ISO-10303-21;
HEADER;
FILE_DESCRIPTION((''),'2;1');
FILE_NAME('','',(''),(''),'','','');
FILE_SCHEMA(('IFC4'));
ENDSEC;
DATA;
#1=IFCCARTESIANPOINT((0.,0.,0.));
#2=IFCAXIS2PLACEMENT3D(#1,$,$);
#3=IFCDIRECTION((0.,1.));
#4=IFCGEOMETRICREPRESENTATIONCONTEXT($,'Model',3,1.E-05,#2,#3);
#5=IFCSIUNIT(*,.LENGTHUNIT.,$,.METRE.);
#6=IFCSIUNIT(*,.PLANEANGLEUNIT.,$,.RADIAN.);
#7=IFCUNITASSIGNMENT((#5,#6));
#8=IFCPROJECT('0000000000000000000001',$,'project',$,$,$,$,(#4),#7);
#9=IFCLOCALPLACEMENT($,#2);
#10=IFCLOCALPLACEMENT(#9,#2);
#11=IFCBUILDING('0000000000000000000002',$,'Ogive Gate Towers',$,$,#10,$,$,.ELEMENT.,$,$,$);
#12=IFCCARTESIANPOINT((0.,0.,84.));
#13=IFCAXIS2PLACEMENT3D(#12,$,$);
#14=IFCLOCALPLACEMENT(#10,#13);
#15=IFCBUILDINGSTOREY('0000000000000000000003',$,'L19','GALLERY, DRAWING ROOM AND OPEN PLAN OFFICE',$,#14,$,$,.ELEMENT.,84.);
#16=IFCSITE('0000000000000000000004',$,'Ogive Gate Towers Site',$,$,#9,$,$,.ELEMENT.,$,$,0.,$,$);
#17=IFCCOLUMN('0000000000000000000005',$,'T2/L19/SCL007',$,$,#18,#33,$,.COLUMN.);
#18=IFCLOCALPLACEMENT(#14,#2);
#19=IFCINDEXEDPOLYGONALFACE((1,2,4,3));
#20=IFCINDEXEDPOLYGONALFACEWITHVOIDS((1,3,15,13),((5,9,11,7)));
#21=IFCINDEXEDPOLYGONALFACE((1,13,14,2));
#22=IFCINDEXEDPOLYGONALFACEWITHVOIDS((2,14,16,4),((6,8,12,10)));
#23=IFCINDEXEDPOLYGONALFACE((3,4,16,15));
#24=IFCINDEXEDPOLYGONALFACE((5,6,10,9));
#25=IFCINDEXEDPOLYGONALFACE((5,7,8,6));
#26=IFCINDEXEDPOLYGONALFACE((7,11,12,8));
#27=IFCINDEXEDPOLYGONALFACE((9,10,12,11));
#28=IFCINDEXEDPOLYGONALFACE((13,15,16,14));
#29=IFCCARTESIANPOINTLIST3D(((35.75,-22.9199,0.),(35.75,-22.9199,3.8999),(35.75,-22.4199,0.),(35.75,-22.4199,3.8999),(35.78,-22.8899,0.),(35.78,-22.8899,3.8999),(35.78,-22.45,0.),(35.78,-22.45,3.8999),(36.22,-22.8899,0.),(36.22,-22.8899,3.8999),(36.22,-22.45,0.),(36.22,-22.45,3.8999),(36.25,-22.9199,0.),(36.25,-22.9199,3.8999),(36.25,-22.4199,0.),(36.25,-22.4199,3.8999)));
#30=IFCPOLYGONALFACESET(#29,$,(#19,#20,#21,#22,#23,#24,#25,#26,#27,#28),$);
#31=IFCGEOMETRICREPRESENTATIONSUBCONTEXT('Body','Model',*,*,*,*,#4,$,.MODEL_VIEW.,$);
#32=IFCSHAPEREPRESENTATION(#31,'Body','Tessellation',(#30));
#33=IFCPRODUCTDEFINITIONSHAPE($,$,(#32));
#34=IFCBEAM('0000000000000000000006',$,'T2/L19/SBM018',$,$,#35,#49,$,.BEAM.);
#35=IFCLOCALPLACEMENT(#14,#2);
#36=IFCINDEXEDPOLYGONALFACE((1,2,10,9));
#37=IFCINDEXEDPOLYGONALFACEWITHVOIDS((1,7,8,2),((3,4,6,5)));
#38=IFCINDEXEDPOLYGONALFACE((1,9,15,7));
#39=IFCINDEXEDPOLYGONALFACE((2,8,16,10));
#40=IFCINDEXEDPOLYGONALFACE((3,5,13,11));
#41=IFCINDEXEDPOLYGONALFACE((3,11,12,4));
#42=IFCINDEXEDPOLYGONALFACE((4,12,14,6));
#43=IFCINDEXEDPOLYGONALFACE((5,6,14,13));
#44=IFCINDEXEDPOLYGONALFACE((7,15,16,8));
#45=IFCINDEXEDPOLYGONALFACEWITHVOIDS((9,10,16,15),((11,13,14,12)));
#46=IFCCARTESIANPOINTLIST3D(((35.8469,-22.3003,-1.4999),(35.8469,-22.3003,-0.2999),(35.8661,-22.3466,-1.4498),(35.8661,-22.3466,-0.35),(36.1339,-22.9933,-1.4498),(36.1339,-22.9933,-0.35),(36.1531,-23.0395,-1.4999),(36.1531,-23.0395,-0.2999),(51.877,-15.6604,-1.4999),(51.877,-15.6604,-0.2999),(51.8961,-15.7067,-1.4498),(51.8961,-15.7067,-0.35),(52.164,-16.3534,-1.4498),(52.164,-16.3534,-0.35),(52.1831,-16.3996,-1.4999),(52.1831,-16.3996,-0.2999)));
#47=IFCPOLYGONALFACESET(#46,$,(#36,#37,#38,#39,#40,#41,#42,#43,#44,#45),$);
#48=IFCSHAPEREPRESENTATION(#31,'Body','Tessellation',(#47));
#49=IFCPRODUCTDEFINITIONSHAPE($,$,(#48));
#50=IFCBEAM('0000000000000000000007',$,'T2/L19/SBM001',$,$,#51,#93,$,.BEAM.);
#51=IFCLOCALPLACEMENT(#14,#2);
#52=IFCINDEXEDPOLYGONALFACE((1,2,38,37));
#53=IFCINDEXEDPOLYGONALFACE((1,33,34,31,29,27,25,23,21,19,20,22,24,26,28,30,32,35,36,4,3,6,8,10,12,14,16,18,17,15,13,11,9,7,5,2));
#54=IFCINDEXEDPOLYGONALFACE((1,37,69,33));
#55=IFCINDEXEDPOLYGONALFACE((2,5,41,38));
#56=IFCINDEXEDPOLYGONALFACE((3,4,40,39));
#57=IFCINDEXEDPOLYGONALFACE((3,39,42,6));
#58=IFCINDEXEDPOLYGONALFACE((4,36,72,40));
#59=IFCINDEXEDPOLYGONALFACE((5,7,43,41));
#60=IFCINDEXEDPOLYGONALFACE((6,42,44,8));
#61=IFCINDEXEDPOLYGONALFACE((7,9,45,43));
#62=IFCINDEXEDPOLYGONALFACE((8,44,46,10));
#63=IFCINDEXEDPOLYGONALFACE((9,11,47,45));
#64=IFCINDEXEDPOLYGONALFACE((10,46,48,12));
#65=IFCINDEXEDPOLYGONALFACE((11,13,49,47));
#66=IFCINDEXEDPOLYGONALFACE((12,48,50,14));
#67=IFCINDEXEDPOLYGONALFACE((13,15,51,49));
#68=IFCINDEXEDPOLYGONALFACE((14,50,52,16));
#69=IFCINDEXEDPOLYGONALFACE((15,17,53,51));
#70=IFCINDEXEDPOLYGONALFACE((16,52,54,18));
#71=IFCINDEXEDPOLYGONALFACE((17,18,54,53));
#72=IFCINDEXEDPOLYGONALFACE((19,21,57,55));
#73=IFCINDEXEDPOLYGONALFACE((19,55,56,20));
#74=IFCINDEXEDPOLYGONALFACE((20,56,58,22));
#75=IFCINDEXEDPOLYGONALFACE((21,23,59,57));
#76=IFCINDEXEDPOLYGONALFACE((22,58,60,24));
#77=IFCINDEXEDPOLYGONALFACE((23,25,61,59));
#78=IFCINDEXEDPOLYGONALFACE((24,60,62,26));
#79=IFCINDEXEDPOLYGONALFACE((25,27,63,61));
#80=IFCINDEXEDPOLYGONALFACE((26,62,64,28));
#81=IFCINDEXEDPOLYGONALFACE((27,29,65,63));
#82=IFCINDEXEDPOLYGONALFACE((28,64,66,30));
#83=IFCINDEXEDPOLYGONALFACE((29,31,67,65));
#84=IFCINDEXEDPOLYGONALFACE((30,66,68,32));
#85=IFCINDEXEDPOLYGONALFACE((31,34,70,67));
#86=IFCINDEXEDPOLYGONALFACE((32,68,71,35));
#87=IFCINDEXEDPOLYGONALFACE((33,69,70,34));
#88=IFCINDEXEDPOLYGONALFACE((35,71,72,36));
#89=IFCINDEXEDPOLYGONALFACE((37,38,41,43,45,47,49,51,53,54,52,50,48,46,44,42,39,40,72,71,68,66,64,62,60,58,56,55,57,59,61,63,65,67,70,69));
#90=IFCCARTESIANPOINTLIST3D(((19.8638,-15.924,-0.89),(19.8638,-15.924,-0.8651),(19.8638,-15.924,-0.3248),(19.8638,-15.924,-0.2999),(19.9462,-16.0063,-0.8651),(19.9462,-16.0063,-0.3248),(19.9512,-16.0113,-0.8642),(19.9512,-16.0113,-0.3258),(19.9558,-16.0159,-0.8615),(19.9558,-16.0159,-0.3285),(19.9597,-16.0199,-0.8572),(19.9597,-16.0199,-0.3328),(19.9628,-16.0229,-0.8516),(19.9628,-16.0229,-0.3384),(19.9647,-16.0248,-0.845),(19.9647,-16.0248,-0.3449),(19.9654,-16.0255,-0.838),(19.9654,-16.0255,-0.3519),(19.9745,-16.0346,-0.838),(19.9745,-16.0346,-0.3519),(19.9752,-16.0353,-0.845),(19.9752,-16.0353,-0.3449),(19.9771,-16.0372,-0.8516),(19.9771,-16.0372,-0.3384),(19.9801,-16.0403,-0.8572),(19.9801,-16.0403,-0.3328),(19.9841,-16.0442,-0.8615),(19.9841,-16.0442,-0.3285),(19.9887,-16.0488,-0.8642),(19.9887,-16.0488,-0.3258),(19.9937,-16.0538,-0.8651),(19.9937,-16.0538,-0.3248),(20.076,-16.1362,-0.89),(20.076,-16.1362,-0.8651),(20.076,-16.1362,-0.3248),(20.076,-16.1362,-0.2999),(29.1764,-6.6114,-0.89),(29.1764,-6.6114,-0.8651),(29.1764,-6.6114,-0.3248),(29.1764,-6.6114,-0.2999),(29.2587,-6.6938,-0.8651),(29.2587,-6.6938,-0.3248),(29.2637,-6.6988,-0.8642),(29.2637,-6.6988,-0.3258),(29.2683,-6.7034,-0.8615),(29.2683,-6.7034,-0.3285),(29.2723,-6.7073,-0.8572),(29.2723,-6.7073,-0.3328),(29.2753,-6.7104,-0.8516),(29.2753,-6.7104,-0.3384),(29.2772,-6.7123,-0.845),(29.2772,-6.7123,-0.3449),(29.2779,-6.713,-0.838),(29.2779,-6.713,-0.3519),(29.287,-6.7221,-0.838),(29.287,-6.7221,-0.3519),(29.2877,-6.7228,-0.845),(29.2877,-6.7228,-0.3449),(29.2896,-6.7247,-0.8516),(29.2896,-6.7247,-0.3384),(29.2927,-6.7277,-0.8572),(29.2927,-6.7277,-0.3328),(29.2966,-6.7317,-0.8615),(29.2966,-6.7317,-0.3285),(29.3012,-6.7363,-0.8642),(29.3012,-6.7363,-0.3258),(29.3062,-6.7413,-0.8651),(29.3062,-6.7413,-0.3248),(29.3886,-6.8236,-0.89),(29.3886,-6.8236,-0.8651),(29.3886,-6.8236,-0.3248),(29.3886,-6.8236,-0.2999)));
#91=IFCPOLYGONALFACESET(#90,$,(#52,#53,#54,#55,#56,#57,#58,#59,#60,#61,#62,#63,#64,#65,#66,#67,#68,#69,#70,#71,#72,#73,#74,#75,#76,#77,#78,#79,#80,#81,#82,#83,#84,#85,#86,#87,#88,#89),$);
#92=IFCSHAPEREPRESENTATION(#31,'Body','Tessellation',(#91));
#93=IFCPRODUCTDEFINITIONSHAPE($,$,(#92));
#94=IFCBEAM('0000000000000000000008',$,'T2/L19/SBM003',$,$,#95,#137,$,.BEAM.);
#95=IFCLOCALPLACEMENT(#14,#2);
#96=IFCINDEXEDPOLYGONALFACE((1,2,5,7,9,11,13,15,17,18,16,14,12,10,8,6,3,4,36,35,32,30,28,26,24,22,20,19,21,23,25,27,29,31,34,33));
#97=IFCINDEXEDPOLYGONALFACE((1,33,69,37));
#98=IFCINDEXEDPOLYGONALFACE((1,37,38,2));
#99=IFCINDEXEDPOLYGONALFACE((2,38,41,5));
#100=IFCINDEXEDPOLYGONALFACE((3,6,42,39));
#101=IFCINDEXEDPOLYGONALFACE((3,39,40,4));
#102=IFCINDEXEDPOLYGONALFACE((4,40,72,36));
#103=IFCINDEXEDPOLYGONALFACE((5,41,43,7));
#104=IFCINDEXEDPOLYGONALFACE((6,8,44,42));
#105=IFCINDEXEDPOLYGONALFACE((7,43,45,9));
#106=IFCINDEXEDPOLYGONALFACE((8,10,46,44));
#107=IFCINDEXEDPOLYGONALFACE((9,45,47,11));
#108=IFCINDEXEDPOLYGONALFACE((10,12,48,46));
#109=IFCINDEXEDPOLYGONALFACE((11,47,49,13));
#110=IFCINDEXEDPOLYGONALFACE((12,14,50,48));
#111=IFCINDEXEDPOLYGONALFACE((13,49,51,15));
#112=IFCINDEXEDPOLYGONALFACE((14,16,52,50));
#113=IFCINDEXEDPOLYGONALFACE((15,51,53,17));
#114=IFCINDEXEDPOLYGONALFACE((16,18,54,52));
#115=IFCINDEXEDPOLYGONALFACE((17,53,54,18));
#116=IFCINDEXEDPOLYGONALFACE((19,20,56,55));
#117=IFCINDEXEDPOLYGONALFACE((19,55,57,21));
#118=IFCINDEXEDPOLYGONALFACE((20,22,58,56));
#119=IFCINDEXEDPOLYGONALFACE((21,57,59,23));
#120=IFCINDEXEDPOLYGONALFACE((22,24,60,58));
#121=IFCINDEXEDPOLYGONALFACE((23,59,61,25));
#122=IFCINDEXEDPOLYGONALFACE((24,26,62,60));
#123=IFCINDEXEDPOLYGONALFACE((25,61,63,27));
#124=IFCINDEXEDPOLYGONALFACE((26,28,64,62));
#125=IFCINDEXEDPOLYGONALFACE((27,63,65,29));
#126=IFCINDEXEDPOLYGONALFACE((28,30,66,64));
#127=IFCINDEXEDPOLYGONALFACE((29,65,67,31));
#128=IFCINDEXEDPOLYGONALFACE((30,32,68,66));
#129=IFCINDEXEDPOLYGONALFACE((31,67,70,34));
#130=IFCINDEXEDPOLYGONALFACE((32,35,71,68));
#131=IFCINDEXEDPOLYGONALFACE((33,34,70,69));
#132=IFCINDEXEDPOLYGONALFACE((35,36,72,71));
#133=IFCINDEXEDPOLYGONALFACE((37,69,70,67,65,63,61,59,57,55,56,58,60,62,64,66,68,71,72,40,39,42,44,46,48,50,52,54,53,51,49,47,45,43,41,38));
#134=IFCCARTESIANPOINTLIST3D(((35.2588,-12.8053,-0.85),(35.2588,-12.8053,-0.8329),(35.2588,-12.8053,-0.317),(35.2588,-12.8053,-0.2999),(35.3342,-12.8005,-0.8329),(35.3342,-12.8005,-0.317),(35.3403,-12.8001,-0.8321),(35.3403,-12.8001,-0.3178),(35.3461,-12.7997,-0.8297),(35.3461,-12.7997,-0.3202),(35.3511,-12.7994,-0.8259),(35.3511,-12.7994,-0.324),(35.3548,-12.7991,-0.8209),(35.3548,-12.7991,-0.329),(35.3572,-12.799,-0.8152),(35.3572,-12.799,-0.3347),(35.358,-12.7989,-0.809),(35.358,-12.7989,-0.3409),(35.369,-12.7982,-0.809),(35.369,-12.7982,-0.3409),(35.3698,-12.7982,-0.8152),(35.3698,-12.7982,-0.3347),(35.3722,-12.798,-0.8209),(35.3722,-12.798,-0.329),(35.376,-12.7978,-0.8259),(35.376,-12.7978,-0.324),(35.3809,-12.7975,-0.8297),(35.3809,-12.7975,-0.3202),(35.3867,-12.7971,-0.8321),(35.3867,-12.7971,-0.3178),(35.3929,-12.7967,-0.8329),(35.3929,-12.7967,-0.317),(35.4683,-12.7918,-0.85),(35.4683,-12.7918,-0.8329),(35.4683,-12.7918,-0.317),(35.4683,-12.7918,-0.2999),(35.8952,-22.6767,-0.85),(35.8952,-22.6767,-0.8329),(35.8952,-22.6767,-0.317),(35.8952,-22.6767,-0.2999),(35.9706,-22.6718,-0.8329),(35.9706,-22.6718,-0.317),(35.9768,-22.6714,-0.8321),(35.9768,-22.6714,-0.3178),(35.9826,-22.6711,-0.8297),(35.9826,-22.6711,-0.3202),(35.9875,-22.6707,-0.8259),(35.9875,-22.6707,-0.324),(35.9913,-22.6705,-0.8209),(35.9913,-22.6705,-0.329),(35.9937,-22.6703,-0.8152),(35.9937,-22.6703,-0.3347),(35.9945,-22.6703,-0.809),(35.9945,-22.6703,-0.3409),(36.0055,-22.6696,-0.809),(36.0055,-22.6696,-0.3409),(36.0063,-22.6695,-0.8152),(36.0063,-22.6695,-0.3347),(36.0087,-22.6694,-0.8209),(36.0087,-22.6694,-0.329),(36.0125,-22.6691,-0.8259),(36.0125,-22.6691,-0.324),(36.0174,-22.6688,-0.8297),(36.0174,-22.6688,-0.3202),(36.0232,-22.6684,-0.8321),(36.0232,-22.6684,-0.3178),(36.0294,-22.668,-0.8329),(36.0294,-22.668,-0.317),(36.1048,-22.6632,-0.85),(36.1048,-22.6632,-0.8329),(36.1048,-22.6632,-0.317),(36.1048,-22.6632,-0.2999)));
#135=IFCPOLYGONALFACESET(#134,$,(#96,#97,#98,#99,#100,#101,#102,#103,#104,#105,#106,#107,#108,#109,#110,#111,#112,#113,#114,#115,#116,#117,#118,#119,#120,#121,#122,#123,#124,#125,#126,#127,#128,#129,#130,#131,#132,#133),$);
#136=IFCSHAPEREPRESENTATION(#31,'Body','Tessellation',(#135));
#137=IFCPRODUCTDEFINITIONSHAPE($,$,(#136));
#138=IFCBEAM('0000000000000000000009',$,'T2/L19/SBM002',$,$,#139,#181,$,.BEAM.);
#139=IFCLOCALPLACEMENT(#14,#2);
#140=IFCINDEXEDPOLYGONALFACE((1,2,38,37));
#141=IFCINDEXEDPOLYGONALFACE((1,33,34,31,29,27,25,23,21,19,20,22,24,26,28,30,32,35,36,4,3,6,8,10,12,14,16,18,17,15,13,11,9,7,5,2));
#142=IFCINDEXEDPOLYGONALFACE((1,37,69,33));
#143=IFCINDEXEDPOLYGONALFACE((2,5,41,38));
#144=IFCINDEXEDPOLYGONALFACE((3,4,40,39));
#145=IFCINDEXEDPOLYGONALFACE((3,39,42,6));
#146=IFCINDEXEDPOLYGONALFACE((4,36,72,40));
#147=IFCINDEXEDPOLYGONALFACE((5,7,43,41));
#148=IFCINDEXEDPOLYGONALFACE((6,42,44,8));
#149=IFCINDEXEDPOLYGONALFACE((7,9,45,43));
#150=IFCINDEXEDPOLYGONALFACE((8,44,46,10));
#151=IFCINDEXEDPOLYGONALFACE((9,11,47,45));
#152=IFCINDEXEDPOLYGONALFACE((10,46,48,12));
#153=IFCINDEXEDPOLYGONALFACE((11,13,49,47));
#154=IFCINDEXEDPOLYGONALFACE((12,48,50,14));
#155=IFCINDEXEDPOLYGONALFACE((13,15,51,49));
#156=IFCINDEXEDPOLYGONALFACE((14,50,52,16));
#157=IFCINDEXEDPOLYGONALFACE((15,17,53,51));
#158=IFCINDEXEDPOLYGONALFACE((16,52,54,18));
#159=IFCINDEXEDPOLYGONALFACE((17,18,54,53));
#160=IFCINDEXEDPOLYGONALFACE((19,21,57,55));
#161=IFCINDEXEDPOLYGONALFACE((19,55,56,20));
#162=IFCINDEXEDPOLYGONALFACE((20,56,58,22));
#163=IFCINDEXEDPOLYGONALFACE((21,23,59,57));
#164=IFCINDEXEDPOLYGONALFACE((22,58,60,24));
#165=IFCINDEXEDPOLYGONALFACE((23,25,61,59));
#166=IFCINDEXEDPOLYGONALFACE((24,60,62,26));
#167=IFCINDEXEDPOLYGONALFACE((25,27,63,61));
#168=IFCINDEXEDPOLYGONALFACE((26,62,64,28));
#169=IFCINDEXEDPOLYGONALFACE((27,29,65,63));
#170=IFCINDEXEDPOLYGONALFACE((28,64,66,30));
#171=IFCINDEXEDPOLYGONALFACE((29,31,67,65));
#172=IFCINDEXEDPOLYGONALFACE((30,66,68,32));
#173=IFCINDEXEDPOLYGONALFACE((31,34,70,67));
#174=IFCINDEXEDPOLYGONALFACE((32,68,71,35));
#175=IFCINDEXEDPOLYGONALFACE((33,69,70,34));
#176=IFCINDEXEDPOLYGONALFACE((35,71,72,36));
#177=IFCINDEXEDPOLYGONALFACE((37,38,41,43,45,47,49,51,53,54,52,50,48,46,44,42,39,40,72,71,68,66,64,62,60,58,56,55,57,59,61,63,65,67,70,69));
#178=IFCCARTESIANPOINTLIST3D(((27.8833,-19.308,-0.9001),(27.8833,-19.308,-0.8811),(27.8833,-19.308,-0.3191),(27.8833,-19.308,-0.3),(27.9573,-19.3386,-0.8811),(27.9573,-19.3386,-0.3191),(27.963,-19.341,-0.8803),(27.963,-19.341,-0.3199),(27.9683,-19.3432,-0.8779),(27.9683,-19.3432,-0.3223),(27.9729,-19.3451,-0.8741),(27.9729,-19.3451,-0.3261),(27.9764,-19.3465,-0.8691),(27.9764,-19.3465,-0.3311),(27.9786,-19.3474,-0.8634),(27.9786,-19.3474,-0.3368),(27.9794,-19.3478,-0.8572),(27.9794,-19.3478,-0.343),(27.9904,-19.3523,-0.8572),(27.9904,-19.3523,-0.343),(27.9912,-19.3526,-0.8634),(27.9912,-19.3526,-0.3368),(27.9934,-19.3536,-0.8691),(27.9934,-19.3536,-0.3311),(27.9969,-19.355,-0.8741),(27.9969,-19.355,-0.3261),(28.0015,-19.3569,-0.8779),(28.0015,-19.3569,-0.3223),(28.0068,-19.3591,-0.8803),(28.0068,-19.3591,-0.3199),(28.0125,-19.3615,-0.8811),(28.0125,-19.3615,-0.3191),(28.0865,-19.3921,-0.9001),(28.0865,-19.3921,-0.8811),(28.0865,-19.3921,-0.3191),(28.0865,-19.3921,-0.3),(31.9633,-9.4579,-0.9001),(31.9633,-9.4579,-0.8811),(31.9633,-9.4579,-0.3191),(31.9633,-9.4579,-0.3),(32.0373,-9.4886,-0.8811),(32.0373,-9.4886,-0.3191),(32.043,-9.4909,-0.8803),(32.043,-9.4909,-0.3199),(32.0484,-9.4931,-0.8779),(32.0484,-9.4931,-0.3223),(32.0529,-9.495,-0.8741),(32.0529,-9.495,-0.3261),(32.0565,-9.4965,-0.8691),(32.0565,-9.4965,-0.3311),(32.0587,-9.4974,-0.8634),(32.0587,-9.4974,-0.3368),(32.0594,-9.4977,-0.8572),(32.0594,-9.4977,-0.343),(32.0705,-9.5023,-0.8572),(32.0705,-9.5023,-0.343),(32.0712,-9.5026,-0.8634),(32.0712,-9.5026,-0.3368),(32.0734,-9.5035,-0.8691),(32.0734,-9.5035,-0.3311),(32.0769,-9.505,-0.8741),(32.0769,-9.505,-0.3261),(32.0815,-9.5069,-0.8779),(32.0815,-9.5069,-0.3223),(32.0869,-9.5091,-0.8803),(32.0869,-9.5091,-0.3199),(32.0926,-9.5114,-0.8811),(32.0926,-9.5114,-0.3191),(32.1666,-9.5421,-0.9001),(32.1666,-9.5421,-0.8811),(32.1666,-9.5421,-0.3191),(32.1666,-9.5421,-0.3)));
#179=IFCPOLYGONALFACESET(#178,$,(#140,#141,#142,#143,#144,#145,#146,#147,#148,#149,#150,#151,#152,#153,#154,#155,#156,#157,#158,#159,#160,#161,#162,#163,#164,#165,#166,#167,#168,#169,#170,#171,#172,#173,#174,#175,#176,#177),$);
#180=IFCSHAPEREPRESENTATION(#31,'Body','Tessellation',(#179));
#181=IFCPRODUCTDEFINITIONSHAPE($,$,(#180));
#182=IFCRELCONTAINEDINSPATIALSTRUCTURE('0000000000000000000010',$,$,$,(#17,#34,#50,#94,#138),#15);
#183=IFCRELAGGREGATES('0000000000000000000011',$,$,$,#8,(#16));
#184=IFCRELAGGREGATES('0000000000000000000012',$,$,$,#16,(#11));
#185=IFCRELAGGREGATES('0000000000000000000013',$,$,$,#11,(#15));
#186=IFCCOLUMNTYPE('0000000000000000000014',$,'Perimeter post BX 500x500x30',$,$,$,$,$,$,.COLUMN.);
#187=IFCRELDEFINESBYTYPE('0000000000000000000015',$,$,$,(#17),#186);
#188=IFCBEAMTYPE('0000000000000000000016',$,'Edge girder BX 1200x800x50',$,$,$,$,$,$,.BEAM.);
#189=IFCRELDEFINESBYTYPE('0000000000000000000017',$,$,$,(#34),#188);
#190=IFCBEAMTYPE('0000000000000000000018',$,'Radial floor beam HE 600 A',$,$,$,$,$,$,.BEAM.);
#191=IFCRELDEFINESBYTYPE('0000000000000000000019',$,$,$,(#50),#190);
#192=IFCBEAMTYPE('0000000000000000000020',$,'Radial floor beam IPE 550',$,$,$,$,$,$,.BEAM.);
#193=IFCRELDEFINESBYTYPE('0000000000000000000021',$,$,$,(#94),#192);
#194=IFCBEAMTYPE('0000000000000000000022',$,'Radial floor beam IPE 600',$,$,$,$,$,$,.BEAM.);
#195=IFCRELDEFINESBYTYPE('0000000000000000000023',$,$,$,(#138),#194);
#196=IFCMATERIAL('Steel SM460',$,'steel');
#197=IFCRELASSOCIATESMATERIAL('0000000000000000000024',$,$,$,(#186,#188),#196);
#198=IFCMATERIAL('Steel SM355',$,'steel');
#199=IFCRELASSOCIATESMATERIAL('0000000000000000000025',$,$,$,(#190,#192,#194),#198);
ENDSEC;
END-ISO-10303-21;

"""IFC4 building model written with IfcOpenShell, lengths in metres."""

from ifc_helpers import new_model, si_unit, direction, frame, origin, origin_2d, place, context, subcontext, project, spatial, hollow_rectangle, i_section, extrude, material, material_profile, profile_set, type_object, element, save


model = new_model("IFC4")

# Units and contexts
model_context = context("Model", 3, precision=1e-05, world=origin(), true_north=direction((0.0, 1.0)))
body_context = subcontext(model_context, "Body", "Model", "MODEL_VIEW")
ifc_project = project(units=[si_unit("LENGTHUNIT", "METRE"), si_unit("PLANEANGLEUNIT", "RADIAN")], contexts=[model_context])

# Site, building, storey
site_placement = place(None, origin())
site = spatial("IfcSite", under=ifc_project, at=site_placement, Name="Ogive Gate Towers Site", CompositionType="ELEMENT", RefElevation=0.0)
building_placement = place(site_placement, origin())
building = spatial("IfcBuilding", under=site, at=building_placement, Name="Ogive Gate Towers", CompositionType="ELEMENT")
storey_placement = place(building_placement, frame((0.0, 0.0, 84.0)))
storey = spatial("IfcBuildingStorey", under=building, at=storey_placement, Name="L19", Description="GALLERY, DRAWING ROOM AND OPEN PLAN OFFICE", CompositionType="ELEMENT", Elevation=84.0)

# Column
ifc_material_1 = material(Name="Steel SM460", Category="steel")
ifc_material_profile_1 = material_profile(ifc_material_1, hollow_rectangle(XDim=0.5, YDim=0.5, WallThickness=0.03, at=origin_2d()), Name="BX 500x500x30")
ifc_profile_set_1 = profile_set([ifc_material_profile_1], Name="Steel SM460")
column_type = type_object("IfcColumnType", Name="Perimeter post BX 500x500x30", PredefinedType="COLUMN", material=ifc_profile_set_1)
column_placement = place(storey_placement, frame((36.0, -22.6699, 0.0), z_axis=(0.0, 0.0, 1.0), x_axis=(1.0, 0.0, 0.0)))
element("IfcColumn", 1, at=column_placement, inside=storey, type_object=column_type, Name="T2/L19/SCL007", PredefinedType="COLUMN", context=body_context, shape_type="SweptSolid", body=[
    extrude(hollow_rectangle(XDim=0.5, YDim=0.5, WallThickness=0.03, at=origin_2d()), origin(), (0.0, 0.0, 1.0), 3.8999),
])

# Beams
ifc_material_profile_2 = material_profile(ifc_material_1, hollow_rectangle(XDim=0.8, YDim=1.2, WallThickness=0.05, at=origin_2d()), Name="BX 1200x800x50")
ifc_profile_set_2 = profile_set([ifc_material_profile_2], Name="Steel SM460")
beam_type_1 = type_object("IfcBeamType", Name="Edge girder BX 1200x800x50", PredefinedType="BEAM", material=ifc_profile_set_2)
beam_1_placement = place(storey_placement, frame((36.0, -22.6699, -0.8999), z_axis=(0.923879, 0.382685, 0.0), x_axis=(-0.382685, 0.923879, 0.0)))
element("IfcBeam", 2, at=beam_1_placement, inside=storey, type_object=beam_type_1, Name="T2/L19/SBM018", PredefinedType="BEAM", context=body_context, shape_type="SweptSolid", body=[
    extrude(hollow_rectangle(XDim=0.8, YDim=1.2, WallThickness=0.05, at=origin_2d()), origin(), (0.0, 0.0, 1.0), 17.3508),
])
ifc_material_2 = material(Name="Steel SM355", Category="steel")
ifc_material_profile_3 = material_profile(ifc_material_2, i_section(OverallWidth=0.3, OverallDepth=0.5901, WebThickness=0.0129, FlangeThickness=0.0249, FilletRadius=0.0271, at=origin_2d()), Name="HE 600 A")
ifc_profile_set_3 = profile_set([ifc_material_profile_3], Name="Steel SM355")
beam_type_2 = type_object("IfcBeamType", Name="Radial floor beam HE 600 A", PredefinedType="BEAM", material=ifc_profile_set_3)
beam_2_placement = place(storey_placement, frame((29.2825, -6.7175, -0.595), z_axis=(-0.707107, -0.707107, 0.0), x_axis=(0.707107, -0.707107, 0.0)))
element("IfcBeam", 3, at=beam_2_placement, inside=storey, type_object=beam_type_2, Name="T2/L19/SBM001", PredefinedType="BEAM", context=body_context, shape_type="SweptSolid", body=[
    extrude(i_section(OverallWidth=0.3, OverallDepth=0.5901, WebThickness=0.0129, FlangeThickness=0.0249, FilletRadius=0.0271, at=origin_2d()), origin(), (0.0, 0.0, 1.0), 13.1699),
])
ifc_material_profile_4 = material_profile(ifc_material_2, i_section(OverallWidth=0.21, OverallDepth=0.55, WebThickness=0.011, FlangeThickness=0.0171, FilletRadius=0.0239, at=origin_2d()), Name="IPE 550")
ifc_profile_set_4 = profile_set([ifc_material_profile_4], Name="Steel SM355")
beam_type_3 = type_object("IfcBeamType", Name="Radial floor beam IPE 550", PredefinedType="BEAM", material=ifc_profile_set_4)
beam_3_placement = place(storey_placement, frame((35.3635, -12.7986, -0.575), z_axis=(0.064343, -0.997928, 0.0), x_axis=(0.997928, 0.064343, 0.0)))
element("IfcBeam", 4, at=beam_3_placement, inside=storey, type_object=beam_type_3, Name="T2/L19/SBM003", PredefinedType="BEAM", context=body_context, shape_type="SweptSolid", body=[
    extrude(i_section(OverallWidth=0.21, OverallDepth=0.55, WebThickness=0.011, FlangeThickness=0.0171, FilletRadius=0.0239, at=origin_2d()), origin(), (0.0, 0.0, 1.0), 9.8918),
])
ifc_material_profile_5 = material_profile(ifc_material_2, i_section(OverallWidth=0.22, OverallDepth=0.6001, WebThickness=0.012, FlangeThickness=0.019, FilletRadius=0.0239, at=origin_2d()), Name="IPE 600")
ifc_profile_set_5 = profile_set([ifc_material_profile_5], Name="Steel SM355")
beam_type_4 = type_object("IfcBeamType", Name="Radial floor beam IPE 600", PredefinedType="BEAM", material=ifc_profile_set_5)
beam_4_placement = place(storey_placement, frame((32.0649, -9.5, -0.6001), z_axis=(-0.382686, -0.923878, 0.0), x_axis=(0.923878, -0.382686, 0.0)))
element("IfcBeam", 5, at=beam_4_placement, inside=storey, type_object=beam_type_4, Name="T2/L19/SBM002", PredefinedType="BEAM", context=body_context, shape_type="SweptSolid", body=[
    extrude(i_section(OverallWidth=0.22, OverallDepth=0.6001, WebThickness=0.012, FlangeThickness=0.019, FilletRadius=0.0239, at=origin_2d()), origin(), (0.0, 0.0, 1.0), 10.6616),
])

save(model, "model.ifc")
